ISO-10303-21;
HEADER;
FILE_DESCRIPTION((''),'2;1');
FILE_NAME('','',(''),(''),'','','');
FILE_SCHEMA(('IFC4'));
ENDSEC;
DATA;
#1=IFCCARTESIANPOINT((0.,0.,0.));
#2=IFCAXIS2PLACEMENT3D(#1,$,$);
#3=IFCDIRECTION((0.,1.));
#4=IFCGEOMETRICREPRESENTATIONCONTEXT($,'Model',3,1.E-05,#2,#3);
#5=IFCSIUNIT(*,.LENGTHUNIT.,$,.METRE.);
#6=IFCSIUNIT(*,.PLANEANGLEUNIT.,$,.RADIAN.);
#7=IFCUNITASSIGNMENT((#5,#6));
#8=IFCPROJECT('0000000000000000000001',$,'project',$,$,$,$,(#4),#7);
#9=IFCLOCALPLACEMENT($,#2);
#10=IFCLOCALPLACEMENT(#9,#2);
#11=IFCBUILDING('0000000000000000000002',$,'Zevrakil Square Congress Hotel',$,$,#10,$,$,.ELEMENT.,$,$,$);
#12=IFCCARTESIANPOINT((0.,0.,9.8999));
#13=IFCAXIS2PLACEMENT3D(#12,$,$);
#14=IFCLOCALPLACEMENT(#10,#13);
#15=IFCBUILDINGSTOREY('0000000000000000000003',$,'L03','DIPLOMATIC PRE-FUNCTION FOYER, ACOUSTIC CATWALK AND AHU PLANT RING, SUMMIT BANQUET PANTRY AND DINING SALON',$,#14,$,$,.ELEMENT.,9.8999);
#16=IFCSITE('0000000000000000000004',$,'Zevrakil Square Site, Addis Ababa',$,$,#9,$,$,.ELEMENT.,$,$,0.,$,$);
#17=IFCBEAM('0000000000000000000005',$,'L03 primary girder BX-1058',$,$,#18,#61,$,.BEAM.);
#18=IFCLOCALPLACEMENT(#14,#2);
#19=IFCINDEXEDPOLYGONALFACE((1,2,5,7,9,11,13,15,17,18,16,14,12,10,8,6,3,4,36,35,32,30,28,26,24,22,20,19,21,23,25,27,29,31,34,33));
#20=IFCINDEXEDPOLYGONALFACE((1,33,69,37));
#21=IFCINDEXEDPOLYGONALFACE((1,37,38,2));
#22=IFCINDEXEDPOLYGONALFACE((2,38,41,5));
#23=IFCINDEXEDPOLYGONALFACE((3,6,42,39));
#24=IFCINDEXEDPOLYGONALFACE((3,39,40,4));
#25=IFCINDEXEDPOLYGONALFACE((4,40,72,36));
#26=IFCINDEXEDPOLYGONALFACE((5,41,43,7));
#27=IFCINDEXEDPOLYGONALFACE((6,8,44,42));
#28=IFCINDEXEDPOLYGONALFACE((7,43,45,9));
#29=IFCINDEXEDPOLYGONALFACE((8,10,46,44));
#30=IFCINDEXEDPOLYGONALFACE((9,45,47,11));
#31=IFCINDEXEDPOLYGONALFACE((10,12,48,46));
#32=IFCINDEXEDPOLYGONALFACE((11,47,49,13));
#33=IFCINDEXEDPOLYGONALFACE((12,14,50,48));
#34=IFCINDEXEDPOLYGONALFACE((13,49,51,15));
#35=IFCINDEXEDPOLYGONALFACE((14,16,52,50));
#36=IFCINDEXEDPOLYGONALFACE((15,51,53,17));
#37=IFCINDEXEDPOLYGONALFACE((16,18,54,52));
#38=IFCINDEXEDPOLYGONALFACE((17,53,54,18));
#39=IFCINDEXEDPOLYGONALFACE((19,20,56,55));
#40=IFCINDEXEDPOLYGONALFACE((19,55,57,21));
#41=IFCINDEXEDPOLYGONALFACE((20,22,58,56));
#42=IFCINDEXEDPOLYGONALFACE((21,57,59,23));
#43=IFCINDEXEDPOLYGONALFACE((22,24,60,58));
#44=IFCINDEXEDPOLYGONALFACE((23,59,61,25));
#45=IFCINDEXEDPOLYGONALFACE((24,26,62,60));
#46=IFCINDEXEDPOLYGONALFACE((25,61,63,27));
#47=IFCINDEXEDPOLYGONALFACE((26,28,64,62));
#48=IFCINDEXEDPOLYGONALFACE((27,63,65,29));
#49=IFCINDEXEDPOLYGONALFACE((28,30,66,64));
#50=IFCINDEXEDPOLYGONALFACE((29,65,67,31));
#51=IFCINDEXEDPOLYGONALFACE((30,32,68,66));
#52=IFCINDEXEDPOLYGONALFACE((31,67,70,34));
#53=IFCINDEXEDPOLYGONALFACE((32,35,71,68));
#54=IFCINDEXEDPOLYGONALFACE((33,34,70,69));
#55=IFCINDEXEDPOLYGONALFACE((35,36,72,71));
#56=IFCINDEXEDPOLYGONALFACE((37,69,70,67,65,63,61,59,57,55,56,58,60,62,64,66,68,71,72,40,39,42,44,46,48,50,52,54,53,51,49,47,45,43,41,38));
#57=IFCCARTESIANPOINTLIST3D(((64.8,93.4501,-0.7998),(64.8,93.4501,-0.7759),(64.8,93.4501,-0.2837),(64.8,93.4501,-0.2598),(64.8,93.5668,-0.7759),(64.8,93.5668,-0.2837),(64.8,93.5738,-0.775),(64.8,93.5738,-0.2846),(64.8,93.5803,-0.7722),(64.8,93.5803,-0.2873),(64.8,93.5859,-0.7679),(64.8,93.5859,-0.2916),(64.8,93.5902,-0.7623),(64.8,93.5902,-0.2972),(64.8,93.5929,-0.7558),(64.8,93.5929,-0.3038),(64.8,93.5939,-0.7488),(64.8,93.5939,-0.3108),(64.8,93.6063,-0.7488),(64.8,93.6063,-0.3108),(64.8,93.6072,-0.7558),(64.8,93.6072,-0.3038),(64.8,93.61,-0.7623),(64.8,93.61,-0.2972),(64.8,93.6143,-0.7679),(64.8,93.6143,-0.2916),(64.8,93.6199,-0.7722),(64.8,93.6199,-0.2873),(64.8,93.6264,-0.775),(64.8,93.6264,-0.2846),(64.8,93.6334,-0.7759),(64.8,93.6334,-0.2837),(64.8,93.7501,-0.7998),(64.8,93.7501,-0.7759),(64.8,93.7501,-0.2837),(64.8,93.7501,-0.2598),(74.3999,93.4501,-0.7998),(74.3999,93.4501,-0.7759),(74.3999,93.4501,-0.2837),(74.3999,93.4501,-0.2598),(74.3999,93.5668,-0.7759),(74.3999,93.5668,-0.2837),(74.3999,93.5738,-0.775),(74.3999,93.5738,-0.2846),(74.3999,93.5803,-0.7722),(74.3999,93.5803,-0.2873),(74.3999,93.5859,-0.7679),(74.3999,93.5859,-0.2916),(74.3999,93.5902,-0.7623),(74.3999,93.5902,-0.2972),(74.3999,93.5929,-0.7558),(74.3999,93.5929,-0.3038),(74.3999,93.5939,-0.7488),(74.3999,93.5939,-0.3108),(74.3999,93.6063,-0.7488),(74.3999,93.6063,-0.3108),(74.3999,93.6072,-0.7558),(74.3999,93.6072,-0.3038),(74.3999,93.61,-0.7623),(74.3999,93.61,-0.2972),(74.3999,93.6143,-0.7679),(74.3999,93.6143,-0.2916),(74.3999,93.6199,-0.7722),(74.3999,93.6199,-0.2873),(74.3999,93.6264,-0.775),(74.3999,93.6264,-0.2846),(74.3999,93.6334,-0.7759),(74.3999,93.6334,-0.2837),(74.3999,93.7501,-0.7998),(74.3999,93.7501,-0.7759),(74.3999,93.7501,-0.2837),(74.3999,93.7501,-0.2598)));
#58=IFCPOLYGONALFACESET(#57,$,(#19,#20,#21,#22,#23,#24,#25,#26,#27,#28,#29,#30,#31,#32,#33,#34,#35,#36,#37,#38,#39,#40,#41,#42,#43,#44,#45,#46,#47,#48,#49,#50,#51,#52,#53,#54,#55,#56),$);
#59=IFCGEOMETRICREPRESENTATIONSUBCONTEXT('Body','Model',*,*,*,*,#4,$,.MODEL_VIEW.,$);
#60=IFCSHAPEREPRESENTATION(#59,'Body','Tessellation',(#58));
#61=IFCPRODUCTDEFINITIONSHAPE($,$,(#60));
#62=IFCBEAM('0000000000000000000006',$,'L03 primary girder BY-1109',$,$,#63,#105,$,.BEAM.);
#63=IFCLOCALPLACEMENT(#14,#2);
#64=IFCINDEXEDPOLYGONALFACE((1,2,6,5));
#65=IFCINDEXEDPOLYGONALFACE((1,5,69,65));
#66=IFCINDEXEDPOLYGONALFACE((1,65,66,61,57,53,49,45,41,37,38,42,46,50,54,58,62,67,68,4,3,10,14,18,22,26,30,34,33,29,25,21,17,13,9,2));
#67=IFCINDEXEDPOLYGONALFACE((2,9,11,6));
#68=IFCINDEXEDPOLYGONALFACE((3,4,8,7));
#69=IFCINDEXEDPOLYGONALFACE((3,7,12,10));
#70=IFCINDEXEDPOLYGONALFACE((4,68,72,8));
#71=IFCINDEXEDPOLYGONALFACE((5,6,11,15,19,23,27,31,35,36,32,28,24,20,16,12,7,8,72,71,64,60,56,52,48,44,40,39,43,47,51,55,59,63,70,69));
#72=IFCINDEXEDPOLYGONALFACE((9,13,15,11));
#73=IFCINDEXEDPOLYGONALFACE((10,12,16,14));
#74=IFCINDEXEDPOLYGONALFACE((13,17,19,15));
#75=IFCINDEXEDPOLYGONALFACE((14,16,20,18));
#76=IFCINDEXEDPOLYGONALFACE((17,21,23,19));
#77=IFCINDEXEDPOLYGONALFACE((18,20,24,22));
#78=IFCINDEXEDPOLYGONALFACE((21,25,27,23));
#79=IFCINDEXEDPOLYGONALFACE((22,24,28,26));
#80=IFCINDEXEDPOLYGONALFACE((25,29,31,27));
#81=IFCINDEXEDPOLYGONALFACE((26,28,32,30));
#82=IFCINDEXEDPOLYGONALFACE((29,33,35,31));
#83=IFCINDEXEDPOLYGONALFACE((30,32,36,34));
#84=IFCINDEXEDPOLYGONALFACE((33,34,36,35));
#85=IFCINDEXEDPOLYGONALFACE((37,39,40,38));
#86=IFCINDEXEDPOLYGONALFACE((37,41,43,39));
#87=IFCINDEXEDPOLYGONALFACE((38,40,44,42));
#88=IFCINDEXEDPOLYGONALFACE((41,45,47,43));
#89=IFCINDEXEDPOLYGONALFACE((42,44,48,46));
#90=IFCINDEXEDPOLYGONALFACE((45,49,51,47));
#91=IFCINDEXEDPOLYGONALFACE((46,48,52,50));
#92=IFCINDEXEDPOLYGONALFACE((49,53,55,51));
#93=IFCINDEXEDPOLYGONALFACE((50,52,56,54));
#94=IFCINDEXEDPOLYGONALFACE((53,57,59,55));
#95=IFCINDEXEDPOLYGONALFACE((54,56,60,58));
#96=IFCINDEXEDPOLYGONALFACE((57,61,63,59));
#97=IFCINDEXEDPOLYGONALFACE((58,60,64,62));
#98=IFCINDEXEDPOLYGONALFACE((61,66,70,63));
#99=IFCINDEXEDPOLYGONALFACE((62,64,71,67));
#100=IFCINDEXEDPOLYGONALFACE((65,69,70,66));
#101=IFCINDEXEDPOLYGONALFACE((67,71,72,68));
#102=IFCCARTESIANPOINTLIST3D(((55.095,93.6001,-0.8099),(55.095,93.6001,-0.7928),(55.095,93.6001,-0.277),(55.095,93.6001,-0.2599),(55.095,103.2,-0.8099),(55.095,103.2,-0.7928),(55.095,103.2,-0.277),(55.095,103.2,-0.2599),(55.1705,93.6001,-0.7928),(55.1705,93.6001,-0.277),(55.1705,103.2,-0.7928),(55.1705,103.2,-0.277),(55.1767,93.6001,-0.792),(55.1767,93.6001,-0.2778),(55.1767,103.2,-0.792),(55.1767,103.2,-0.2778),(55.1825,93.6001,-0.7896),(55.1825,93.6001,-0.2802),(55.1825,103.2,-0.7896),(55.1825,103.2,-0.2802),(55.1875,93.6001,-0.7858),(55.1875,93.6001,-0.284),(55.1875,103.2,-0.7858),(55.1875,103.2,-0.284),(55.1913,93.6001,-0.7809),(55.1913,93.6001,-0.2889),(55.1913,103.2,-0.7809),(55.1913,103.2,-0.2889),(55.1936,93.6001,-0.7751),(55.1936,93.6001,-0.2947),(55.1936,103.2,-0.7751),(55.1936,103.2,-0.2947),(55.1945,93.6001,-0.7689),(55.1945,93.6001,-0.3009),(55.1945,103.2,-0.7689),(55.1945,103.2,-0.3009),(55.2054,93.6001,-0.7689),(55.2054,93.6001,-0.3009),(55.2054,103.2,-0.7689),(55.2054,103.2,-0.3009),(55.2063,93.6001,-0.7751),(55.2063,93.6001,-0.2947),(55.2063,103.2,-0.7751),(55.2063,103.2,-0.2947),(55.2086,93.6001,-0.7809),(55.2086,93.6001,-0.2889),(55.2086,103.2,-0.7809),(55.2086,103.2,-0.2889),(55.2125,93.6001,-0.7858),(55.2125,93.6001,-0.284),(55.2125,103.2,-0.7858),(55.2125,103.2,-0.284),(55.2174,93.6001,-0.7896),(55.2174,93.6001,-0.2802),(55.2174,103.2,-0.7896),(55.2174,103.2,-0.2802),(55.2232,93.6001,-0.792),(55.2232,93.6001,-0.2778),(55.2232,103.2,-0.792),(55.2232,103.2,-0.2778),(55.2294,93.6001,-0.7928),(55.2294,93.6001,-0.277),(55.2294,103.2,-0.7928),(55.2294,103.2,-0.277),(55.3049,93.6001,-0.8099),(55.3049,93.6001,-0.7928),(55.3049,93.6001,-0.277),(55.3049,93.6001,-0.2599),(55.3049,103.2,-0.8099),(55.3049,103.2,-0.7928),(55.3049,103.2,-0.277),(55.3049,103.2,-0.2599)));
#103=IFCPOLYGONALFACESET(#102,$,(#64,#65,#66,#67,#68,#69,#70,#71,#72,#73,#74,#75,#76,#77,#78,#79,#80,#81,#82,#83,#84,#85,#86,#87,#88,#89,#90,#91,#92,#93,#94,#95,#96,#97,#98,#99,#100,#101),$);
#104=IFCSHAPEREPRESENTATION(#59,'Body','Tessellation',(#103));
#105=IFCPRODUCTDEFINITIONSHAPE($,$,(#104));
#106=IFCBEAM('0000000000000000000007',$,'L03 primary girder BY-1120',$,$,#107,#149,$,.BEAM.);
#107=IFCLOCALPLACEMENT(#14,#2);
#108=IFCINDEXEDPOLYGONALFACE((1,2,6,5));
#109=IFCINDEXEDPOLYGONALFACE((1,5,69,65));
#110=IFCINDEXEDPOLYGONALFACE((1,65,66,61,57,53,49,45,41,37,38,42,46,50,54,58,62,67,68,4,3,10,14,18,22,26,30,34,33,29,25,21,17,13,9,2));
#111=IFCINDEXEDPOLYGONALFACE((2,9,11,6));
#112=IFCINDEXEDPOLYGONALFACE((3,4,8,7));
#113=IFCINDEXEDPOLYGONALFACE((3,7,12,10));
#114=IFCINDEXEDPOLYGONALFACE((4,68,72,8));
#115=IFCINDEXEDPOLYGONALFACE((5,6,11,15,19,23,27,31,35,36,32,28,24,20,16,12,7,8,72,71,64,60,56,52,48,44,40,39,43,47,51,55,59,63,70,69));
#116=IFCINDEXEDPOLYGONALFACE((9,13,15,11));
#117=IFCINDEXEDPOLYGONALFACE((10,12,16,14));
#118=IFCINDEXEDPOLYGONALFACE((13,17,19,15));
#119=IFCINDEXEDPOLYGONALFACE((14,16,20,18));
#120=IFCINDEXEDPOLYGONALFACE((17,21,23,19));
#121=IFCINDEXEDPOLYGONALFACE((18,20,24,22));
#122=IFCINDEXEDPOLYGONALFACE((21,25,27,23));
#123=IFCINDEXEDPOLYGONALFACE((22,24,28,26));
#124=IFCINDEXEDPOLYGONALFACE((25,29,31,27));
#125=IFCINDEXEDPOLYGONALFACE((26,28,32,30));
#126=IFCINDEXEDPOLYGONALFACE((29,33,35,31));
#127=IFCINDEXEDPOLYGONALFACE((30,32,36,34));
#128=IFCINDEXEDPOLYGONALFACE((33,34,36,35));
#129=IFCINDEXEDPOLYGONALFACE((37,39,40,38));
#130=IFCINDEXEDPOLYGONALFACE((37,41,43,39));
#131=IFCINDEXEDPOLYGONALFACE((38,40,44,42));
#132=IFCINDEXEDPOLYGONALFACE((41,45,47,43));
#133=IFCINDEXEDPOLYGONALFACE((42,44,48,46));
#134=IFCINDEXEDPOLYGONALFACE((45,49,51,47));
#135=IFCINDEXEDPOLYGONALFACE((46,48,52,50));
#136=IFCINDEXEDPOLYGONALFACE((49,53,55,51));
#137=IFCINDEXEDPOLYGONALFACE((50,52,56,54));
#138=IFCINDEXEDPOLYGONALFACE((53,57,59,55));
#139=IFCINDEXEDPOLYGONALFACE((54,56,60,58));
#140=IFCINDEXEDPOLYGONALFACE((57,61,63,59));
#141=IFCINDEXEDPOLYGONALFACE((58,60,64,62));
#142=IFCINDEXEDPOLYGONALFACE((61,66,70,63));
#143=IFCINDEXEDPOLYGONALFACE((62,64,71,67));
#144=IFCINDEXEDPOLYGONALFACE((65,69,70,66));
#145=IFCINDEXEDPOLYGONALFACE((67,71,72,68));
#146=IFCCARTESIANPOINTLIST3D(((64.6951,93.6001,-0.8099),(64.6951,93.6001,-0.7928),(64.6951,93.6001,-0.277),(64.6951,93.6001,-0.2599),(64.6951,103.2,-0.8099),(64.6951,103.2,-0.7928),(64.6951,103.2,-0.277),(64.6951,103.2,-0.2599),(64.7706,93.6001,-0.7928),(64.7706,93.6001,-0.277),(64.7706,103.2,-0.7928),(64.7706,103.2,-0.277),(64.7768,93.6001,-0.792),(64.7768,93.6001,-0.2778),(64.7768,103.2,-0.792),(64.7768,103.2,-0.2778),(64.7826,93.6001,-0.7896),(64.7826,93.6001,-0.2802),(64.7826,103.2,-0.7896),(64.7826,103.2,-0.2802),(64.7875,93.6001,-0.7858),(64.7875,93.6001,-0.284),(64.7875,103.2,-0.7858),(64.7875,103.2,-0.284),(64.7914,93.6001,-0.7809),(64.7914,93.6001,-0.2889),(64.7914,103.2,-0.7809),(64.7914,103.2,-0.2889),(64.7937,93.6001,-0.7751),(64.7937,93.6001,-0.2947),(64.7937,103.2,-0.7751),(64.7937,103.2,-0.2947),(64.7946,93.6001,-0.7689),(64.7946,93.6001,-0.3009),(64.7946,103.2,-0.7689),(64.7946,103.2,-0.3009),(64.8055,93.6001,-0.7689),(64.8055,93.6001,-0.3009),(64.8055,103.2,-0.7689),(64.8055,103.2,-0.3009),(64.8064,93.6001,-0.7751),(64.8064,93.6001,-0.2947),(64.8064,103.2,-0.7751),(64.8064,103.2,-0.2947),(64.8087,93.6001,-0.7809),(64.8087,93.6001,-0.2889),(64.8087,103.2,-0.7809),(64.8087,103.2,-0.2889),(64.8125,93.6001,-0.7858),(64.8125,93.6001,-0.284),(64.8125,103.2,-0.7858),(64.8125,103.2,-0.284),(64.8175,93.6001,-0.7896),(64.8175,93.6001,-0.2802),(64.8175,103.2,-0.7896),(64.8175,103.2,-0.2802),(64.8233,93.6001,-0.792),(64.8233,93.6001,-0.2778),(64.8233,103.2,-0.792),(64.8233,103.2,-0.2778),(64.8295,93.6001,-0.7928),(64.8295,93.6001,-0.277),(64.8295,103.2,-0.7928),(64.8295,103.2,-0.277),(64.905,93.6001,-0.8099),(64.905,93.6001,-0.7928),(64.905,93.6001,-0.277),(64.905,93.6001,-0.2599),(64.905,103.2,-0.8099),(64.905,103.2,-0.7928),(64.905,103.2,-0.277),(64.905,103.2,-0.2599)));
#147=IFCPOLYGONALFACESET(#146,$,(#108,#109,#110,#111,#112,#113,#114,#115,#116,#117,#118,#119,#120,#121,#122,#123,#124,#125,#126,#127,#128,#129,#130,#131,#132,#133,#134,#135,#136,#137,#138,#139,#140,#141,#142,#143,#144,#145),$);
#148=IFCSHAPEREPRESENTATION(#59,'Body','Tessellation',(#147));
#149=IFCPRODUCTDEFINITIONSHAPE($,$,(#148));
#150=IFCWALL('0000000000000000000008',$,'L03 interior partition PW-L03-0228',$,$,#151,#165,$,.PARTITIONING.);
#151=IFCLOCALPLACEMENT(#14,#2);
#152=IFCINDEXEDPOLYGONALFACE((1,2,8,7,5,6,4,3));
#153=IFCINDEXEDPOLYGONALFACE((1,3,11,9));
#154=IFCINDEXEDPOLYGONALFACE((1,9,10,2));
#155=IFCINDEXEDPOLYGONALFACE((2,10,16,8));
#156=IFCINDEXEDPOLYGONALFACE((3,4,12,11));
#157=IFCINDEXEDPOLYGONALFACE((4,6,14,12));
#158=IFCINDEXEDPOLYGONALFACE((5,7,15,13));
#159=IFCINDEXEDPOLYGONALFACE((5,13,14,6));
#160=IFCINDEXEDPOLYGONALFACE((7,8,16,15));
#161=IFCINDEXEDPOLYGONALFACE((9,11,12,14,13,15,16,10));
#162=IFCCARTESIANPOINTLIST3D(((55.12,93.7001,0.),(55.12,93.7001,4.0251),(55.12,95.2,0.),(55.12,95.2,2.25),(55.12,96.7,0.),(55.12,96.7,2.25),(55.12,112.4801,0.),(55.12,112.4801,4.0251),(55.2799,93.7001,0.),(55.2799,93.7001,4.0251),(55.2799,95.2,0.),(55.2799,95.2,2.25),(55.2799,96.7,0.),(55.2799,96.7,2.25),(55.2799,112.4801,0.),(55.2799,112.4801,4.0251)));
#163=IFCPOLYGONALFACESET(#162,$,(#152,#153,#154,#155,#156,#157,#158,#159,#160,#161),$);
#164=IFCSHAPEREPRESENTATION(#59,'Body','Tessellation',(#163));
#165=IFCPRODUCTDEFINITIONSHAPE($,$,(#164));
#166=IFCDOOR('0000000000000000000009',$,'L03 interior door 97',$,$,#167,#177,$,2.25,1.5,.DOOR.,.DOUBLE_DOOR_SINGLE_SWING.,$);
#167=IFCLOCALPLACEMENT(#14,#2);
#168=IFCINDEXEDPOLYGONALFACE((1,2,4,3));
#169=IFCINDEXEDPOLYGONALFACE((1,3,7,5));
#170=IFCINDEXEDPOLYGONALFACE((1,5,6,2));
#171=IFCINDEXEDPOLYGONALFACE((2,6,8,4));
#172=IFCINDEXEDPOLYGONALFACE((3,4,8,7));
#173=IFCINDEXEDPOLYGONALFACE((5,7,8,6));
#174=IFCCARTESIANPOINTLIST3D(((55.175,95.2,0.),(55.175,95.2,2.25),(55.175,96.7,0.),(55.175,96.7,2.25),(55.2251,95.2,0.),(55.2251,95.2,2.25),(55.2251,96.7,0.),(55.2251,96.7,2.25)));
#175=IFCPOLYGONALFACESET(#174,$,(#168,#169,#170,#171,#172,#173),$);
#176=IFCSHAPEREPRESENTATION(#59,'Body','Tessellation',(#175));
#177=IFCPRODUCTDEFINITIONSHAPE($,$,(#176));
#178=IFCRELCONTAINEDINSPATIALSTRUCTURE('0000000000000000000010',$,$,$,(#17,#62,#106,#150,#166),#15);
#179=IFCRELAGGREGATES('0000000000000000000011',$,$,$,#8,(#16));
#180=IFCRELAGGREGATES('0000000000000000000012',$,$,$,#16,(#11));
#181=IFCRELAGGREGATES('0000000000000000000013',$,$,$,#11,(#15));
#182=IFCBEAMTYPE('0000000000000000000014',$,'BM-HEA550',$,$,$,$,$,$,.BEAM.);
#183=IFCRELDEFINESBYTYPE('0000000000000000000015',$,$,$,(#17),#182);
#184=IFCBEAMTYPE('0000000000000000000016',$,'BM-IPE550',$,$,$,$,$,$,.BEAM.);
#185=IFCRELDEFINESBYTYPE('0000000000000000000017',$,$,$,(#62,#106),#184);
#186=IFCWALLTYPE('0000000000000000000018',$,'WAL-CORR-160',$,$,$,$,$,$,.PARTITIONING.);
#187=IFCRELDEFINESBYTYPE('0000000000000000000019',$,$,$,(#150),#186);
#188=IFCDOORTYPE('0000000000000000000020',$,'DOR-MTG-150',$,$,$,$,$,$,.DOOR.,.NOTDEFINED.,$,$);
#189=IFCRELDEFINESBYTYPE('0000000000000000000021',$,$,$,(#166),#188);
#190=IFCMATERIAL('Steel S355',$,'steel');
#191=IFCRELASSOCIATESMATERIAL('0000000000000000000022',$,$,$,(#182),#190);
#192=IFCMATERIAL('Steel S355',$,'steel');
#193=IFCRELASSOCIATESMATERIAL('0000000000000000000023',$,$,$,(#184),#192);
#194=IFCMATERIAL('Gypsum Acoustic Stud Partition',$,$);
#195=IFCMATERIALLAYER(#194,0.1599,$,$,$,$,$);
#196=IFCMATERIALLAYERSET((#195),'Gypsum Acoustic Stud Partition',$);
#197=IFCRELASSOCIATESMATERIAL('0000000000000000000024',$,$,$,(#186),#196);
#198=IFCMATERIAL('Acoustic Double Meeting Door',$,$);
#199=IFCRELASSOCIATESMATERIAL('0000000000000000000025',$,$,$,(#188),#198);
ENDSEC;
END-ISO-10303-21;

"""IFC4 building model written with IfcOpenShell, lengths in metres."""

from ifc_helpers import new_model, si_unit, direction, frame, frame_2d, origin, origin_2d, place, context, subcontext, project, spatial, rectangle, i_section, extrude, material, layer, layer_set, material_profile, profile_set, type_object, element, fill, save


model = new_model("IFC4")

# Units and contexts
model_context = context("Model", 3, precision=1e-05, world=origin(), true_north=direction((0.0, 1.0)))
body_context = subcontext(model_context, "Body", "Model", "MODEL_VIEW")
ifc_project = project(units=[si_unit("LENGTHUNIT", "METRE"), si_unit("PLANEANGLEUNIT", "RADIAN")], contexts=[model_context])

# Site, building, storey
site_placement = place(None, origin())
site = spatial("IfcSite", under=ifc_project, at=site_placement, Name="Zevrakil Square Site, Addis Ababa", CompositionType="ELEMENT", RefElevation=0.0)
building_placement = place(site_placement, origin())
building = spatial("IfcBuilding", under=site, at=building_placement, Name="Zevrakil Square Congress Hotel", CompositionType="ELEMENT")
storey_placement = place(building_placement, frame((0.0, 0.0, 9.8999)))
storey = spatial("IfcBuildingStorey", under=building, at=storey_placement, Name="L03", Description="DIPLOMATIC PRE-FUNCTION FOYER, ACOUSTIC CATWALK AND AHU PLANT RING, SUMMIT BANQUET PANTRY AND DINING SALON", CompositionType="ELEMENT", Elevation=9.8999)

# Beams
ifc_material_1 = material(Name="Steel S355", Category="steel")
ifc_material_profile_1 = material_profile(ifc_material_1, i_section(OverallWidth=0.3, OverallDepth=0.54, WebThickness=0.0125, FlangeThickness=0.0239, FilletRadius=0.0271, at=origin_2d()), Name="HEA 550")
ifc_profile_set_1 = profile_set([ifc_material_profile_1], Name="Steel S355")
beam_type_1 = type_object("IfcBeamType", Name="BM-HEA550", PredefinedType="BEAM", material=ifc_profile_set_1)
beam_placement = place(storey_placement, frame((64.8, 93.6001, -0.5298), z_axis=(1.0, 0.0, 0.0), x_axis=(0.0, 1.0, 0.0)))
element("IfcBeam", 1, at=beam_placement, inside=storey, type_object=beam_type_1, Name="L03 primary girder BX-1058", PredefinedType="BEAM", context=body_context, shape_type="SweptSolid", body=[
    extrude(i_section(OverallWidth=0.3, OverallDepth=0.54, WebThickness=0.0125, FlangeThickness=0.0239, FilletRadius=0.0271, at=origin_2d()), origin(), (0.0, 0.0, 1.0), 9.5999),
])
ifc_material_2 = material(Name="Steel S355", Category="steel")
ifc_material_profile_2 = material_profile(ifc_material_2, i_section(OverallWidth=0.21, OverallDepth=0.55, WebThickness=0.011, FlangeThickness=0.0171, FilletRadius=0.0239, at=origin_2d()), Name="IPE 550")
ifc_profile_set_2 = profile_set([ifc_material_profile_2], Name="Steel S355")
beam_type_2 = type_object("IfcBeamType", Name="BM-IPE550", PredefinedType="BEAM", material=ifc_profile_set_2)
for number, where, z_axis, x_axis, name in (
    (2, (55.2, 93.6001, -0.5349), (0.0, 1.0, 0.0), (-1.0, 0.0, 0.0), "L03 primary girder BY-1109"),
    (3, (64.8, 93.6001, -0.5349), (0.0, 1.0, 0.0), (-1.0, 0.0, 0.0), "L03 primary girder BY-1120"),
):
    element("IfcBeam", number, at=place(storey_placement, frame(where, z_axis=z_axis, x_axis=x_axis)), inside=storey, type_object=beam_type_2, Name=name, PredefinedType="BEAM", context=body_context, shape_type="SweptSolid", body=[
        extrude(i_section(OverallWidth=0.21, OverallDepth=0.55, WebThickness=0.011, FlangeThickness=0.0171, FilletRadius=0.0239, at=origin_2d()), origin(), (0.0, 0.0, 1.0), 9.5999),
    ])

# Wall, opening, door
ifc_material_3 = material(Name="Gypsum Acoustic Stud Partition")
ifc_layer_1 = layer(ifc_material_3, 0.1599)
ifc_layer_set_1 = layer_set([ifc_layer_1], Name="Gypsum Acoustic Stud Partition")
wall_type_1 = type_object("IfcWallType", Name="WAL-CORR-160", PredefinedType="PARTITIONING", material=ifc_layer_set_1)
wall_1_placement = place(storey_placement, frame((55.2, 93.7, 0.0), z_axis=(0.0, 0.0, 1.0), x_axis=(0.0, 1.0, 0.0)))
wall_1 = element("IfcWall", 4, at=wall_1_placement, inside=storey, type_object=wall_type_1, Name="L03 interior partition PW-L03-0228", PredefinedType="PARTITIONING", context=body_context, shape_type="SweptSolid", body=[
    extrude(rectangle(XDim=18.78, YDim=0.1599, at=frame_2d((9.3901, 0.0))), origin(), (0.0, 0.0, 1.0), 4.0251),
])
opening_1_placement = place(wall_1_placement, frame((1.5, 0.0, 0.0)))
opening_1 = element("IfcOpeningElement", 5, at=opening_1_placement, cuts=wall_1, PredefinedType="OPENING", context=body_context, shape_type="SweptSolid", body=[
    extrude(rectangle(XDim=1.5, YDim=2.25, at=frame_2d((0.75, 1.125))), frame((0.0, 0.0898, 0.0), z_axis=(0.0, -1.0, 0.0), x_axis=(1.0, 0.0, 0.0)), (0.0, 0.0, 1.0), 0.1799),
])
ifc_material_4 = material(Name="Acoustic Double Meeting Door")
door_type_1 = type_object("IfcDoorType", Name="DOR-MTG-150", OperationType="NOTDEFINED", PredefinedType="DOOR", material=ifc_material_4)
door_1_placement = place(opening_1_placement, origin())
door_1 = element("IfcDoor", 6, at=door_1_placement, inside=storey, type_object=door_type_1, Name="L03 interior door 97", OperationType="DOUBLE_DOOR_SINGLE_SWING", OverallHeight=2.25, OverallWidth=1.5, PredefinedType="DOOR", context=body_context, shape_type="SweptSolid", body=[
    extrude(rectangle(XDim=1.5, YDim=2.25, at=frame_2d((0.75, 1.125))), frame((0.0, 0.0249, 0.0), z_axis=(0.0, -1.0, 0.0), x_axis=(1.0, 0.0, 0.0)), (0.0, 0.0, 1.0), 0.05),
])
fill(opening_1, door_1)

save(model, "model.ifc")
